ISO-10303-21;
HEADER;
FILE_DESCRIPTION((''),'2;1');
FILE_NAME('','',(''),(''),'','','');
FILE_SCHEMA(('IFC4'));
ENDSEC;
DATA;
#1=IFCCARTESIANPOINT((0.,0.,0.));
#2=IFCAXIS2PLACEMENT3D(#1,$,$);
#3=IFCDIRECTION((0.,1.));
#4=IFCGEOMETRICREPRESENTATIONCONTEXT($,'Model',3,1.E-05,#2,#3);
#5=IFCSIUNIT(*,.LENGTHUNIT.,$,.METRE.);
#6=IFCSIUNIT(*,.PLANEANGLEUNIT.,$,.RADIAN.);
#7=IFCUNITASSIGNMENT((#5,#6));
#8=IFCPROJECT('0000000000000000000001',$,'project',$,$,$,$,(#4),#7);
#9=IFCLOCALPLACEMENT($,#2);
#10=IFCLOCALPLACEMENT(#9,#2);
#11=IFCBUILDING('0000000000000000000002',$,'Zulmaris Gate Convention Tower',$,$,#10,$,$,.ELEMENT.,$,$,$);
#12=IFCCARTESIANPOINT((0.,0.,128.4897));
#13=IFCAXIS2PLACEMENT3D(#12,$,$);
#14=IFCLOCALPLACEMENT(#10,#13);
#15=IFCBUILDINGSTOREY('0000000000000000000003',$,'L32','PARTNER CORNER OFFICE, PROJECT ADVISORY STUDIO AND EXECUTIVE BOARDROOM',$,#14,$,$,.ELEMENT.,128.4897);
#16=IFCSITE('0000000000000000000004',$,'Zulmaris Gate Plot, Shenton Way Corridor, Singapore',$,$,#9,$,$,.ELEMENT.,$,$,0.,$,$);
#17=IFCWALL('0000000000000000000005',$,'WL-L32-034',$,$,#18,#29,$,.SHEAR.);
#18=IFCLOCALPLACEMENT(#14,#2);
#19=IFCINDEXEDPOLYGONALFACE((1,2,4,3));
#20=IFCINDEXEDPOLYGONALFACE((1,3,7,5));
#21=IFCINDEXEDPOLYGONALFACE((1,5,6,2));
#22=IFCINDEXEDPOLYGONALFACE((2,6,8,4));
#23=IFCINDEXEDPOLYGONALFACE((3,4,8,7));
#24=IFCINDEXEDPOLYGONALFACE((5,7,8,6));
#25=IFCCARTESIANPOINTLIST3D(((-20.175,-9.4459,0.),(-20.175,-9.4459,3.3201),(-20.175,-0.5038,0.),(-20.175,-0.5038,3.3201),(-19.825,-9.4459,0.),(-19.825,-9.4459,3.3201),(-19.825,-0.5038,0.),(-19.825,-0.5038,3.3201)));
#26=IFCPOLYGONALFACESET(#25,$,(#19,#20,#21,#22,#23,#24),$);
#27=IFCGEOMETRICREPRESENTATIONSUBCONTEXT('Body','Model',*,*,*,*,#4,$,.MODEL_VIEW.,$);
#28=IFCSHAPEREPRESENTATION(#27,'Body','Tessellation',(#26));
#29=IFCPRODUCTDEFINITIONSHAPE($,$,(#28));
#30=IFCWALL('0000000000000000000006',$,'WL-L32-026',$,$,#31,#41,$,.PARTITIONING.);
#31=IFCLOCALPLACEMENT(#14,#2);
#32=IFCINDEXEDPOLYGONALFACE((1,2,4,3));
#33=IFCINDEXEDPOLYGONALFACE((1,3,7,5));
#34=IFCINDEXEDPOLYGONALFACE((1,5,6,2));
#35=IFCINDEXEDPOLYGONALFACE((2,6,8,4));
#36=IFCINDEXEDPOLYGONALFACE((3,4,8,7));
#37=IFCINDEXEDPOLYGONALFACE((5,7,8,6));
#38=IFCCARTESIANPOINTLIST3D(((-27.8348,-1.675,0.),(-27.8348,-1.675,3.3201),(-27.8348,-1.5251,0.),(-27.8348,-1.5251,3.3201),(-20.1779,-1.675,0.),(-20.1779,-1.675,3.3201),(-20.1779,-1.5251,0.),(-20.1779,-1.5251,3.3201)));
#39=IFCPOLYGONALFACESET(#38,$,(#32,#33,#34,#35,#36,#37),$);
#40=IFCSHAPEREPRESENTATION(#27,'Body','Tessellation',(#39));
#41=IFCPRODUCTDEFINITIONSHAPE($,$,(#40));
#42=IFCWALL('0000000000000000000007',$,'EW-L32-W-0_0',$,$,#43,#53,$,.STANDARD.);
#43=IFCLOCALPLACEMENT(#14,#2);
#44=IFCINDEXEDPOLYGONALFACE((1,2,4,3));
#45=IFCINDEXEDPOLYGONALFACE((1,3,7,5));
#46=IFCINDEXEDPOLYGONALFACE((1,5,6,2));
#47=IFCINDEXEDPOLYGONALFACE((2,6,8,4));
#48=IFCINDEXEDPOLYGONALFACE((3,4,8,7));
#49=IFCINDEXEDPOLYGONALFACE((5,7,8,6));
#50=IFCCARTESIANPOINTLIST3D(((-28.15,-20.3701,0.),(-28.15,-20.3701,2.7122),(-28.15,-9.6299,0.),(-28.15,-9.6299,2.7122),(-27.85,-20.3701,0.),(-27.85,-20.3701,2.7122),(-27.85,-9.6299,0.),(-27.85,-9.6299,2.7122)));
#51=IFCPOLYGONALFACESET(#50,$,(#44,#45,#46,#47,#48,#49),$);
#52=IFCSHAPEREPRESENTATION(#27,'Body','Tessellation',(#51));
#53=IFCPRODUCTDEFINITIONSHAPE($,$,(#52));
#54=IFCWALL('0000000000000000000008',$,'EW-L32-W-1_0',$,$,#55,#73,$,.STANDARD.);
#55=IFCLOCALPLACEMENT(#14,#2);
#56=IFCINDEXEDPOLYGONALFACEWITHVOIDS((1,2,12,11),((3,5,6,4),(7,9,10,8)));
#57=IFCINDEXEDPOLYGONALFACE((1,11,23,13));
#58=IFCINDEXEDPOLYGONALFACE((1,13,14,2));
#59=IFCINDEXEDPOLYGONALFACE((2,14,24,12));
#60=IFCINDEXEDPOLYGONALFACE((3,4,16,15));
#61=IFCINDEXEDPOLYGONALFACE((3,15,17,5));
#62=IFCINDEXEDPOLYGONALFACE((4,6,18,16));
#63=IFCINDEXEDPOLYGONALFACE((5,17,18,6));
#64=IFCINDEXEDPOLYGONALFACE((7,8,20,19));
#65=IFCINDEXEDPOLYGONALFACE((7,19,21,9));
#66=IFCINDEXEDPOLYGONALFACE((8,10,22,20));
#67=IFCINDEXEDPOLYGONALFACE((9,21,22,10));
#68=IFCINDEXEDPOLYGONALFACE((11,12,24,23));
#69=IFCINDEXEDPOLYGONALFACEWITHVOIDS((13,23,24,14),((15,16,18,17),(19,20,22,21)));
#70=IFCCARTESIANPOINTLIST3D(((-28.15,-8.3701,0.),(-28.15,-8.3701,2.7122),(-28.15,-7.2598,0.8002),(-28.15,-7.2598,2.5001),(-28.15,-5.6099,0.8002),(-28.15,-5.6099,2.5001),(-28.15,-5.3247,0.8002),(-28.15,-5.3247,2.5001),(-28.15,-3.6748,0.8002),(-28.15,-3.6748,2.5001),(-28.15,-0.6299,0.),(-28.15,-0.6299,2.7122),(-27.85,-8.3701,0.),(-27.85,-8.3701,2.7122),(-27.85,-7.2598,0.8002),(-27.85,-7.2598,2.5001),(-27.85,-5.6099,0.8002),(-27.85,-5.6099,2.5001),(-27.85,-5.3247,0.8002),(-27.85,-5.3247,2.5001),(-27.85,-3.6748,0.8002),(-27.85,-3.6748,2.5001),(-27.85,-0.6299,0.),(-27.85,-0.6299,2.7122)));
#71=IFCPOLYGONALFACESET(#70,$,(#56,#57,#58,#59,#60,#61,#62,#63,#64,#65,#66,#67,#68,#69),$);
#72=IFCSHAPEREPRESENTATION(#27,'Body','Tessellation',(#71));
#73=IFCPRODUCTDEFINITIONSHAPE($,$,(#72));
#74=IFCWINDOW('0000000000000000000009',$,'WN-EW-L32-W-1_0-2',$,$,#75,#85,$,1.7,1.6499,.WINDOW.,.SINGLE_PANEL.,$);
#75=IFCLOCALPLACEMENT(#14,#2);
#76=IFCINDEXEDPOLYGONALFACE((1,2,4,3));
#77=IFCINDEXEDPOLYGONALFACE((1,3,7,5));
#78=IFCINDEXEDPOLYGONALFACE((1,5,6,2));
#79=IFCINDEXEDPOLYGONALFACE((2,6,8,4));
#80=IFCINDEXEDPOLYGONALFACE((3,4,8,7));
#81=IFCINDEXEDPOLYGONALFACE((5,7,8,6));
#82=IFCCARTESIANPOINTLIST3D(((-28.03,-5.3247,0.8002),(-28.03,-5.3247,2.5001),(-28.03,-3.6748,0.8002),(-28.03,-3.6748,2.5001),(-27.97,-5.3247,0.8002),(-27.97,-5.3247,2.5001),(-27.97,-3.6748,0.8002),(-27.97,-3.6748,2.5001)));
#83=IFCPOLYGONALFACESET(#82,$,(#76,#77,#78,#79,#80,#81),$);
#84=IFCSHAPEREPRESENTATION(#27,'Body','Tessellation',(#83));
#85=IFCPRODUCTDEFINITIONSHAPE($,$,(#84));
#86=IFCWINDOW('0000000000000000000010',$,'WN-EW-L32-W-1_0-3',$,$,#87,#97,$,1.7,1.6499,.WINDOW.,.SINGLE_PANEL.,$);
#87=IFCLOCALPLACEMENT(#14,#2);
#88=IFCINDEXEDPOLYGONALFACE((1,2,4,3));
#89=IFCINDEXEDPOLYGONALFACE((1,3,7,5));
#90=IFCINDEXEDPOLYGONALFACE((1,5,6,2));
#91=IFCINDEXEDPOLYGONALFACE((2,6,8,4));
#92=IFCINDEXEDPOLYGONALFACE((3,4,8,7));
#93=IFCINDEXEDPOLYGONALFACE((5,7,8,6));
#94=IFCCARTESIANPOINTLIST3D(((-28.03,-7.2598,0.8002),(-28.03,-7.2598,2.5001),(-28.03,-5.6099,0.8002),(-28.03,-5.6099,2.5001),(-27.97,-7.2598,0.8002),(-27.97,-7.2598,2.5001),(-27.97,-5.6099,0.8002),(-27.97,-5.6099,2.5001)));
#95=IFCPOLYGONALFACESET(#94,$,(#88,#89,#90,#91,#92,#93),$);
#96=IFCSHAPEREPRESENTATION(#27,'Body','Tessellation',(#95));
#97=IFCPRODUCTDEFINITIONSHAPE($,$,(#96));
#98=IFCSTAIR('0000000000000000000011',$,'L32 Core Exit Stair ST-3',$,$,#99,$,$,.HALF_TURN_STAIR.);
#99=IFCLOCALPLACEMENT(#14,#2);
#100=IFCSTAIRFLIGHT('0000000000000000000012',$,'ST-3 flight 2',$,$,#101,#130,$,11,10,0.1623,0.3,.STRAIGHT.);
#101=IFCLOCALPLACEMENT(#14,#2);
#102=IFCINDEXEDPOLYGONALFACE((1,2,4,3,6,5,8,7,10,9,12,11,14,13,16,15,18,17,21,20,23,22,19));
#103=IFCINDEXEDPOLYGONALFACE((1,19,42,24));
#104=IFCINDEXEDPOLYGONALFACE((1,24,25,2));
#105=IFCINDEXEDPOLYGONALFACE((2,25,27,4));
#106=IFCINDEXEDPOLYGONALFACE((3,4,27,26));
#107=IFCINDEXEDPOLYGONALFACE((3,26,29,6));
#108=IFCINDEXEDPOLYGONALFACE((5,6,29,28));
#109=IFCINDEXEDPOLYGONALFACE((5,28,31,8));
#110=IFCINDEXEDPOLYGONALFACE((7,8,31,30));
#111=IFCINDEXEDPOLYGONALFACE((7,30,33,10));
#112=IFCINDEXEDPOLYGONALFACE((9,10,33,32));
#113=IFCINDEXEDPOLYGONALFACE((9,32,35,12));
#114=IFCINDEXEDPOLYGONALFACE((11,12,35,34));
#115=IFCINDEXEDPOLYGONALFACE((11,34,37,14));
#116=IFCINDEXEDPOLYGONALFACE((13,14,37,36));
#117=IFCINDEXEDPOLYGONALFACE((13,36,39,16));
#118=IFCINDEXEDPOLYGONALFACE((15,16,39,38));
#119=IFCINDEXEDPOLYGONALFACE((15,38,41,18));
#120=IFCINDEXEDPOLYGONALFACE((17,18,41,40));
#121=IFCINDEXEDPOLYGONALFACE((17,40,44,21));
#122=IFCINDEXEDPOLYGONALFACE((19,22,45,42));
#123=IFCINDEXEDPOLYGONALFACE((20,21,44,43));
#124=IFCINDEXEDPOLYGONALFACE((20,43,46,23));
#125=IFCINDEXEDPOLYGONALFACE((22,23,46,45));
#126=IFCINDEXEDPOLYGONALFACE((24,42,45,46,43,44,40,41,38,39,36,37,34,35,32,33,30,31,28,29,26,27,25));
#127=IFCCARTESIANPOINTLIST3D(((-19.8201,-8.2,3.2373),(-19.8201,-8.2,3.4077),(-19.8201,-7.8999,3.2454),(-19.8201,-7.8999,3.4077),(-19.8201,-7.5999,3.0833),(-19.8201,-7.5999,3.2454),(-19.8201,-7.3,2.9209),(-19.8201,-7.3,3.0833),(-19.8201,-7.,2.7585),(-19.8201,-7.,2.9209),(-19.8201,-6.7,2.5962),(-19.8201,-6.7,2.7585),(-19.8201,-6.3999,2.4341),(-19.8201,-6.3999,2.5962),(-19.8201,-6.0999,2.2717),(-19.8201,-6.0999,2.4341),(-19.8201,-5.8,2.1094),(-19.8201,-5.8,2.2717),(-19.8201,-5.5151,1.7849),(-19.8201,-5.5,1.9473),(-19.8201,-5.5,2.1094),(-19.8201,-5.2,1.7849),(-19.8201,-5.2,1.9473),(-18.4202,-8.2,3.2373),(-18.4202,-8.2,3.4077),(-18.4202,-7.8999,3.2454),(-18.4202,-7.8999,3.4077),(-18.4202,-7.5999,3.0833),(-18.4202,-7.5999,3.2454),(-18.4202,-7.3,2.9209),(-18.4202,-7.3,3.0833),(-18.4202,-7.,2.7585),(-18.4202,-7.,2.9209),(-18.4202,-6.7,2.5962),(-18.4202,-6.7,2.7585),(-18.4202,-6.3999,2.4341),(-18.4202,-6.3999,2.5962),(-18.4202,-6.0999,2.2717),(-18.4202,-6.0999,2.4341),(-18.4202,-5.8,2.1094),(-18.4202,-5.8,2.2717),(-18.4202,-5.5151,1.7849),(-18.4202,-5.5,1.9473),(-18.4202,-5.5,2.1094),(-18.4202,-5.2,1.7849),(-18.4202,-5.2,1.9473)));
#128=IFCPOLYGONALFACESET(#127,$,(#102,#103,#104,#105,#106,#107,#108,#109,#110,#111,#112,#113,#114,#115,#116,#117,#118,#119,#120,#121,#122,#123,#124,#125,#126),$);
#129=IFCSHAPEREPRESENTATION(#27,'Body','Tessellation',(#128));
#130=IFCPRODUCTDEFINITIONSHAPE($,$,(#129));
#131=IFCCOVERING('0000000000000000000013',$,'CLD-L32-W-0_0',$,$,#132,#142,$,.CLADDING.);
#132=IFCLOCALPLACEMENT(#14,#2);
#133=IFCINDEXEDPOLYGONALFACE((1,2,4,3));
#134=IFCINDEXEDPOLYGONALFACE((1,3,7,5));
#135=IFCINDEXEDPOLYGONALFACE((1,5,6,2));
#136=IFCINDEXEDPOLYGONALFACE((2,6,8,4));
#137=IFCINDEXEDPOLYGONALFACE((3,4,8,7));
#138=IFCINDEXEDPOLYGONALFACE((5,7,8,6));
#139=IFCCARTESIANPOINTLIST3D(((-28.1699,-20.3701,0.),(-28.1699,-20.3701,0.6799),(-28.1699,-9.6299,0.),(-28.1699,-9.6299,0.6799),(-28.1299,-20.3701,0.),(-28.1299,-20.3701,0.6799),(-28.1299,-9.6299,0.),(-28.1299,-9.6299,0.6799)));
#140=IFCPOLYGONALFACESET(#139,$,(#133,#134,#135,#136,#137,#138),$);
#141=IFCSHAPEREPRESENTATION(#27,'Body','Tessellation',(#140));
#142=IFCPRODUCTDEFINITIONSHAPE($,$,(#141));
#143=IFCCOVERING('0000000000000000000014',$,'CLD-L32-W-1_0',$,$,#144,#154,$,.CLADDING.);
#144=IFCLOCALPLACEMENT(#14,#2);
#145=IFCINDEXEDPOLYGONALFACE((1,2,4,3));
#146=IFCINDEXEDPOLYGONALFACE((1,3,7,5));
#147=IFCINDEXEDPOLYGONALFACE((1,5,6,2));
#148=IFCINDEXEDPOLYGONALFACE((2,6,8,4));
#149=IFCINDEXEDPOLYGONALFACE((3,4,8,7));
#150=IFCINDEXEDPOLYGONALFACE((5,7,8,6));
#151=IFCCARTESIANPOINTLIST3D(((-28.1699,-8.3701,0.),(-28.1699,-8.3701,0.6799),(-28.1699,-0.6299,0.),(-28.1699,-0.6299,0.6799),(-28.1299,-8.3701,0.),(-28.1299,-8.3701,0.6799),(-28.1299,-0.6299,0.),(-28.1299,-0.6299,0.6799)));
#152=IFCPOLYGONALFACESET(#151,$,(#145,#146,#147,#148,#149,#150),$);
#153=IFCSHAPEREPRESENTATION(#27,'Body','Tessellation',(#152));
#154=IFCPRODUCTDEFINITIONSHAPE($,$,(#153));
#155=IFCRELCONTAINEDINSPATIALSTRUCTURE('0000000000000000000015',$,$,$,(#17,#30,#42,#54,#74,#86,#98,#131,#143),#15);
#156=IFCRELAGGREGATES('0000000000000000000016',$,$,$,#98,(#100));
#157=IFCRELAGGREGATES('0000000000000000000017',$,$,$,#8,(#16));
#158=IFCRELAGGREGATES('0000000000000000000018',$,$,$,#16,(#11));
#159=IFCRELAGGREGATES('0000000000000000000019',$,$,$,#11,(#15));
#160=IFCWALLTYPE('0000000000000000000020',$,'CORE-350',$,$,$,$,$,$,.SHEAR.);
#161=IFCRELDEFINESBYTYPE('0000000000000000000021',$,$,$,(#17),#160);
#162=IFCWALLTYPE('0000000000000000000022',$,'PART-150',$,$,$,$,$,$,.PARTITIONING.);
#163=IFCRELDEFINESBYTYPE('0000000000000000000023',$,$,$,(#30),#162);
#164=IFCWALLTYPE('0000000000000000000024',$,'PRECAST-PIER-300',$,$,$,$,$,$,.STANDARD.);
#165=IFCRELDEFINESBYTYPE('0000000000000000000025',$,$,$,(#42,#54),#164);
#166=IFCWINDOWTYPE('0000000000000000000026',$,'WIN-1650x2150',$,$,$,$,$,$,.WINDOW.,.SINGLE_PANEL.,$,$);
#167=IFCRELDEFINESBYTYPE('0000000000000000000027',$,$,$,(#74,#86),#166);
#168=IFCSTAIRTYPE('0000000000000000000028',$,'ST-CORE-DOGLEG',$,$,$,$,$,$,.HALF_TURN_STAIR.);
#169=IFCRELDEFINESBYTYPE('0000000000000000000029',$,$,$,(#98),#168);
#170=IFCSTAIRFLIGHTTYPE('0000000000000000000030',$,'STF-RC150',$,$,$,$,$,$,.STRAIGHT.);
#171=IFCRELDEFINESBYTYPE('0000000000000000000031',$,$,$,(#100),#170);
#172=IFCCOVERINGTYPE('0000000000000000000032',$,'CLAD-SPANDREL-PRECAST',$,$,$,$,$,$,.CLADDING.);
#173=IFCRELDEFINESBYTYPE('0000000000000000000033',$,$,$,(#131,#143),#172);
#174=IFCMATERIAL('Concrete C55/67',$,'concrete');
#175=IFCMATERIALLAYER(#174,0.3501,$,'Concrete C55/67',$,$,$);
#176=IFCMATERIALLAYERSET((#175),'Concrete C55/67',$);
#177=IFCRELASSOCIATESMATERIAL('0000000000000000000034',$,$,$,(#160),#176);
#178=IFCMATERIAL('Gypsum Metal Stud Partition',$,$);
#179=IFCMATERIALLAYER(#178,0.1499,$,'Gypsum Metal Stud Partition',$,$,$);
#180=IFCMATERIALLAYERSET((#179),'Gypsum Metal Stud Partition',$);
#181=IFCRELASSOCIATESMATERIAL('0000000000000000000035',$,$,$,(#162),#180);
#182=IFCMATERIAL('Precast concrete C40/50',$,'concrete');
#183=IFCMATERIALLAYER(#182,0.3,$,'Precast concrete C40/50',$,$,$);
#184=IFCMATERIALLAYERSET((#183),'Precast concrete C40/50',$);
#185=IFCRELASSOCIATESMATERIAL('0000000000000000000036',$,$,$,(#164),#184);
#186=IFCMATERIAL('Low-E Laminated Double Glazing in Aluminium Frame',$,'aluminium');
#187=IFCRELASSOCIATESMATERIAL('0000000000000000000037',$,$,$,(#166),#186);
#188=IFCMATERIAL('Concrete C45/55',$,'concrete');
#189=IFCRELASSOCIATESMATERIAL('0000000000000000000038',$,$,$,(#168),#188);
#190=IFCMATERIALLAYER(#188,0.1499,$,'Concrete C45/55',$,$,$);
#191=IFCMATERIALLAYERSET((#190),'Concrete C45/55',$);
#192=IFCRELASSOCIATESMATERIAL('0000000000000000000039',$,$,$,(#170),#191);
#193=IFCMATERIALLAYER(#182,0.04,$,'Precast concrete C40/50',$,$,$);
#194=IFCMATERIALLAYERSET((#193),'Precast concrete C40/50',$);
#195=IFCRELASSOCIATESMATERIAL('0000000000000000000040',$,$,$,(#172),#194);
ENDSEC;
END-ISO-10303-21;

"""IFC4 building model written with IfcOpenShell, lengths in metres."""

from ifc_helpers import new_model, si_unit, direction, frame, frame_2d, origin, place, context, subcontext, project, spatial, polyline, rectangle, outline, extrude, material, layer, layer_set, type_object, element, fill, aggregate, save


model = new_model("IFC4")

# Units and contexts
model_context = context("Model", 3, precision=1e-05, world=origin(), true_north=direction((0.0, 1.0)))
body_context = subcontext(model_context, "Body", "Model", "MODEL_VIEW")
ifc_project = project(units=[si_unit("LENGTHUNIT", "METRE"), si_unit("PLANEANGLEUNIT", "RADIAN")], contexts=[model_context])

# Site, building, storey
site_placement = place(None, origin())
site = spatial("IfcSite", under=ifc_project, at=site_placement, Name="Zulmaris Gate Plot, Shenton Way Corridor, Singapore", CompositionType="ELEMENT", RefElevation=0.0)
building_placement = place(site_placement, origin())
building = spatial("IfcBuilding", under=site, at=building_placement, Name="Zulmaris Gate Convention Tower", CompositionType="ELEMENT")
storey_placement = place(building_placement, frame((0.0, 0.0, 128.4897)))
storey = spatial("IfcBuildingStorey", under=building, at=storey_placement, Name="L32", Description="PARTNER CORNER OFFICE, PROJECT ADVISORY STUDIO AND EXECUTIVE BOARDROOM", CompositionType="ELEMENT", Elevation=128.4897)

# Shared definitions
ifc_material_1 = material(Name="Concrete C55/67", Category="concrete")
ifc_layer_1 = layer(ifc_material_1, 0.3501, Name="Concrete C55/67")
ifc_layer_set_1 = layer_set([ifc_layer_1], Name="Concrete C55/67")
wall_type_1 = type_object("IfcWallType", Name="CORE-350", PredefinedType="SHEAR", material=ifc_layer_set_1)

# Walls
wall_1_placement = place(storey_placement, frame((-20.0, -9.446, 0.0), z_axis=(0.0, 0.0, 1.0), x_axis=(0.0, 1.0, 0.0)))
element("IfcWall", 1, at=wall_1_placement, inside=storey, type_object=wall_type_1, Name="WL-L32-034", PredefinedType="SHEAR", context=body_context, shape_type="SweptSolid", body=[
    extrude(rectangle(XDim=8.9421, YDim=0.3501, at=frame_2d((4.4712, 0.0))), origin(), (0.0, 0.0, 1.0), 3.3201),
])
ifc_material_2 = material(Name="Gypsum Metal Stud Partition")
ifc_layer_2 = layer(ifc_material_2, 0.1499, Name="Gypsum Metal Stud Partition")
ifc_layer_set_2 = layer_set([ifc_layer_2], Name="Gypsum Metal Stud Partition")
wall_type_2 = type_object("IfcWallType", Name="PART-150", PredefinedType="PARTITIONING", material=ifc_layer_set_2)
wall_2_placement = place(storey_placement, frame((-27.835, -1.6001, 0.0), z_axis=(0.0, 0.0, 1.0), x_axis=(1.0, 0.0, 0.0)))
element("IfcWall", 2, at=wall_2_placement, inside=storey, type_object=wall_type_2, Name="WL-L32-026", PredefinedType="PARTITIONING", context=body_context, shape_type="SweptSolid", body=[
    extrude(rectangle(XDim=7.657, YDim=0.1499, at=frame_2d((3.8286, 0.0))), origin(), (0.0, 0.0, 1.0), 3.3201),
])
ifc_material_3 = material(Name="Precast concrete C40/50", Category="concrete")
ifc_layer_3 = layer(ifc_material_3, 0.3, Name="Precast concrete C40/50")
ifc_layer_set_3 = layer_set([ifc_layer_3], Name="Precast concrete C40/50")
wall_type_3 = type_object("IfcWallType", Name="PRECAST-PIER-300", PredefinedType="STANDARD", material=ifc_layer_set_3)
wall_3_placement = place(storey_placement, frame((-28.0, -9.6299, 0.0), z_axis=(0.0, 0.0, 1.0), x_axis=(0.0, -1.0, 0.0)))
element("IfcWall", 3, at=wall_3_placement, inside=storey, type_object=wall_type_3, Name="EW-L32-W-0_0", PredefinedType="STANDARD", context=body_context, shape_type="SweptSolid", body=[
    extrude(rectangle(XDim=10.7402, YDim=0.3, at=frame_2d((5.3701, 0.0))), origin(), (0.0, 0.0, 1.0), 2.7122),
])

# Wall, openings, windows
wall_4_placement = place(storey_placement, frame((-28.0, -0.6299, 0.0), z_axis=(0.0, 0.0, 1.0), x_axis=(0.0, -1.0, 0.0)))
wall_4 = element("IfcWall", 4, at=wall_4_placement, inside=storey, type_object=wall_type_3, Name="EW-L32-W-1_0", PredefinedType="STANDARD", context=body_context, shape_type="SweptSolid", body=[
    extrude(rectangle(XDim=7.7402, YDim=0.3, at=frame_2d((3.8701, 0.0))), origin(), (0.0, 0.0, 1.0), 2.7122),
])
opening_1_placement = place(wall_4_placement, frame((3.0449, 0.0, 0.8)))
opening_1 = element("IfcOpeningElement", 5, at=opening_1_placement, cuts=wall_4, PredefinedType="OPENING", context=body_context, shape_type="SweptSolid", body=[
    extrude(rectangle(XDim=1.6499, YDim=1.7, at=frame_2d((0.825, 0.8501))), frame((0.0, 0.1602, 0.0), z_axis=(0.0, -1.0, 0.0), x_axis=(1.0, 0.0, 0.0)), (0.0, 0.0, 1.0), 0.3201),
])
opening_2_placement = place(wall_4_placement, frame((4.98, 0.0, 0.8)))
opening_2 = element("IfcOpeningElement", 6, at=opening_2_placement, cuts=wall_4, PredefinedType="OPENING", context=body_context, shape_type="SweptSolid", body=[
    extrude(rectangle(XDim=1.6499, YDim=1.7, at=frame_2d((0.825, 0.8501))), frame((0.0, 0.1602, 0.0), z_axis=(0.0, -1.0, 0.0), x_axis=(1.0, 0.0, 0.0)), (0.0, 0.0, 1.0), 0.3201),
])
ifc_material_4 = material(Name="Low-E Laminated Double Glazing in Aluminium Frame", Category="aluminium")
window_type = type_object("IfcWindowType", Name="WIN-1650x2150", PartitioningType="SINGLE_PANEL", PredefinedType="WINDOW", material=ifc_material_4)
window_1_placement = place(opening_1_placement, origin())
window_1 = element("IfcWindow", 7, at=window_1_placement, inside=storey, type_object=window_type, Name="WN-EW-L32-W-1_0-2", OverallHeight=1.7, OverallWidth=1.6499, PartitioningType="SINGLE_PANEL", PredefinedType="WINDOW", context=body_context, shape_type="SweptSolid", body=[
    extrude(rectangle(XDim=1.6499, YDim=1.7, at=frame_2d((0.825, 0.8501))), frame((0.0, 0.03, 0.0), z_axis=(0.0, -1.0, 0.0), x_axis=(1.0, 0.0, 0.0)), (0.0, 0.0, 1.0), 0.0601),
])
fill(opening_1, window_1)
window_2_placement = place(opening_2_placement, origin())
window_2 = element("IfcWindow", 8, at=window_2_placement, inside=storey, type_object=window_type, Name="WN-EW-L32-W-1_0-3", OverallHeight=1.7, OverallWidth=1.6499, PartitioningType="SINGLE_PANEL", PredefinedType="WINDOW", context=body_context, shape_type="SweptSolid", body=[
    extrude(rectangle(XDim=1.6499, YDim=1.7, at=frame_2d((0.825, 0.8501))), frame((0.0, 0.03, 0.0), z_axis=(0.0, -1.0, 0.0), x_axis=(1.0, 0.0, 0.0)), (0.0, 0.0, 1.0), 0.0601),
])
fill(opening_2, window_2)

# Stair, stair flight
ifc_material_5 = material(Name="Concrete C45/55", Category="concrete")
stair_type = type_object("IfcStairType", Name="ST-CORE-DOGLEG", PredefinedType="HALF_TURN_STAIR", material=ifc_material_5)
stair_placement = place(storey_placement, origin())
stair = element("IfcStair", 9, at=stair_placement, inside=storey, type_object=stair_type, Name="L32 Core Exit Stair ST-3", PredefinedType="HALF_TURN_STAIR")
ifc_layer_4 = layer(ifc_material_5, 0.1499, Name="Concrete C45/55")
ifc_layer_set_4 = layer_set([ifc_layer_4], Name="Concrete C45/55")
stair_flight_type = type_object("IfcStairFlightType", Name="STF-RC150", PredefinedType="STRAIGHT", material=ifc_layer_set_4)
stair_flight_placement = place(storey_placement, frame((-19.1201, -5.2, 1.7849), z_axis=(0.0, 0.0, 1.0), x_axis=(0.0, -1.0, 0.0)))
stair_flight = element("IfcStairFlight", 10, at=stair_flight_placement, type_object=stair_flight_type, Name="ST-3 flight 2", NumberOfRisers=11, NumberOfTreads=10, PredefinedType="STRAIGHT", RiserHeight=0.1623, TreadLength=0.3, context=body_context, shape_type="SweptSolid", body=[
    extrude(outline(polyline([(0.0, 0.0), (0.0, 0.1624), (0.3, 0.1624), (0.3, 0.3245), (0.6001, 0.3245), (0.6001, 0.4868), (0.8999, 0.4868), (0.8999, 0.6492), (1.2, 0.6492), (1.2, 0.8113), (1.5, 0.8113), (1.5, 0.9736), (1.8, 0.9736), (1.8, 1.136), (2.1001, 1.136), (2.1001, 1.2983), (2.3999, 1.2983), (2.3999, 1.4604), (2.7, 1.4604), (2.7, 1.6228), (3.0, 1.6228), (3.0, 1.7852), (3.0, 1.4524), (0.3152, 0.0), (0.0, 0.0)])), frame((0.0, 0.7, 0.0), z_axis=(0.0, -1.0, 0.0), x_axis=(1.0, 0.0, 0.0)), (0.0, 0.0, 1.0), 1.3999),
])
aggregate(stair, [stair_flight])

# Coverings
ifc_layer_5 = layer(ifc_material_3, 0.04, Name="Precast concrete C40/50")
ifc_layer_set_5 = layer_set([ifc_layer_5], Name="Precast concrete C40/50")
covering_type = type_object("IfcCoveringType", Name="CLAD-SPANDREL-PRECAST", PredefinedType="CLADDING", material=ifc_layer_set_5)
covering_1_placement = place(storey_placement, frame((-28.1499, -9.6299, 0.0), z_axis=(0.0, 0.0, 1.0), x_axis=(0.0, -1.0, 0.0)))
element("IfcCovering", 11, at=covering_1_placement, inside=storey, type_object=covering_type, Name="CLD-L32-W-0_0", PredefinedType="CLADDING", context=body_context, shape_type="SweptSolid", body=[
    extrude(rectangle(XDim=10.7402, YDim=0.04, at=frame_2d((5.3701, 0.0))), origin(), (0.0, 0.0, 1.0), 0.6799),
])
covering_2_placement = place(storey_placement, frame((-28.1499, -0.6299, 0.0), z_axis=(0.0, 0.0, 1.0), x_axis=(0.0, -1.0, 0.0)))
element("IfcCovering", 12, at=covering_2_placement, inside=storey, type_object=covering_type, Name="CLD-L32-W-1_0", PredefinedType="CLADDING", context=body_context, shape_type="SweptSolid", body=[
    extrude(rectangle(XDim=7.7402, YDim=0.04, at=frame_2d((3.8701, 0.0))), origin(), (0.0, 0.0, 1.0), 0.6799),
])

save(model, "model.ifc")
